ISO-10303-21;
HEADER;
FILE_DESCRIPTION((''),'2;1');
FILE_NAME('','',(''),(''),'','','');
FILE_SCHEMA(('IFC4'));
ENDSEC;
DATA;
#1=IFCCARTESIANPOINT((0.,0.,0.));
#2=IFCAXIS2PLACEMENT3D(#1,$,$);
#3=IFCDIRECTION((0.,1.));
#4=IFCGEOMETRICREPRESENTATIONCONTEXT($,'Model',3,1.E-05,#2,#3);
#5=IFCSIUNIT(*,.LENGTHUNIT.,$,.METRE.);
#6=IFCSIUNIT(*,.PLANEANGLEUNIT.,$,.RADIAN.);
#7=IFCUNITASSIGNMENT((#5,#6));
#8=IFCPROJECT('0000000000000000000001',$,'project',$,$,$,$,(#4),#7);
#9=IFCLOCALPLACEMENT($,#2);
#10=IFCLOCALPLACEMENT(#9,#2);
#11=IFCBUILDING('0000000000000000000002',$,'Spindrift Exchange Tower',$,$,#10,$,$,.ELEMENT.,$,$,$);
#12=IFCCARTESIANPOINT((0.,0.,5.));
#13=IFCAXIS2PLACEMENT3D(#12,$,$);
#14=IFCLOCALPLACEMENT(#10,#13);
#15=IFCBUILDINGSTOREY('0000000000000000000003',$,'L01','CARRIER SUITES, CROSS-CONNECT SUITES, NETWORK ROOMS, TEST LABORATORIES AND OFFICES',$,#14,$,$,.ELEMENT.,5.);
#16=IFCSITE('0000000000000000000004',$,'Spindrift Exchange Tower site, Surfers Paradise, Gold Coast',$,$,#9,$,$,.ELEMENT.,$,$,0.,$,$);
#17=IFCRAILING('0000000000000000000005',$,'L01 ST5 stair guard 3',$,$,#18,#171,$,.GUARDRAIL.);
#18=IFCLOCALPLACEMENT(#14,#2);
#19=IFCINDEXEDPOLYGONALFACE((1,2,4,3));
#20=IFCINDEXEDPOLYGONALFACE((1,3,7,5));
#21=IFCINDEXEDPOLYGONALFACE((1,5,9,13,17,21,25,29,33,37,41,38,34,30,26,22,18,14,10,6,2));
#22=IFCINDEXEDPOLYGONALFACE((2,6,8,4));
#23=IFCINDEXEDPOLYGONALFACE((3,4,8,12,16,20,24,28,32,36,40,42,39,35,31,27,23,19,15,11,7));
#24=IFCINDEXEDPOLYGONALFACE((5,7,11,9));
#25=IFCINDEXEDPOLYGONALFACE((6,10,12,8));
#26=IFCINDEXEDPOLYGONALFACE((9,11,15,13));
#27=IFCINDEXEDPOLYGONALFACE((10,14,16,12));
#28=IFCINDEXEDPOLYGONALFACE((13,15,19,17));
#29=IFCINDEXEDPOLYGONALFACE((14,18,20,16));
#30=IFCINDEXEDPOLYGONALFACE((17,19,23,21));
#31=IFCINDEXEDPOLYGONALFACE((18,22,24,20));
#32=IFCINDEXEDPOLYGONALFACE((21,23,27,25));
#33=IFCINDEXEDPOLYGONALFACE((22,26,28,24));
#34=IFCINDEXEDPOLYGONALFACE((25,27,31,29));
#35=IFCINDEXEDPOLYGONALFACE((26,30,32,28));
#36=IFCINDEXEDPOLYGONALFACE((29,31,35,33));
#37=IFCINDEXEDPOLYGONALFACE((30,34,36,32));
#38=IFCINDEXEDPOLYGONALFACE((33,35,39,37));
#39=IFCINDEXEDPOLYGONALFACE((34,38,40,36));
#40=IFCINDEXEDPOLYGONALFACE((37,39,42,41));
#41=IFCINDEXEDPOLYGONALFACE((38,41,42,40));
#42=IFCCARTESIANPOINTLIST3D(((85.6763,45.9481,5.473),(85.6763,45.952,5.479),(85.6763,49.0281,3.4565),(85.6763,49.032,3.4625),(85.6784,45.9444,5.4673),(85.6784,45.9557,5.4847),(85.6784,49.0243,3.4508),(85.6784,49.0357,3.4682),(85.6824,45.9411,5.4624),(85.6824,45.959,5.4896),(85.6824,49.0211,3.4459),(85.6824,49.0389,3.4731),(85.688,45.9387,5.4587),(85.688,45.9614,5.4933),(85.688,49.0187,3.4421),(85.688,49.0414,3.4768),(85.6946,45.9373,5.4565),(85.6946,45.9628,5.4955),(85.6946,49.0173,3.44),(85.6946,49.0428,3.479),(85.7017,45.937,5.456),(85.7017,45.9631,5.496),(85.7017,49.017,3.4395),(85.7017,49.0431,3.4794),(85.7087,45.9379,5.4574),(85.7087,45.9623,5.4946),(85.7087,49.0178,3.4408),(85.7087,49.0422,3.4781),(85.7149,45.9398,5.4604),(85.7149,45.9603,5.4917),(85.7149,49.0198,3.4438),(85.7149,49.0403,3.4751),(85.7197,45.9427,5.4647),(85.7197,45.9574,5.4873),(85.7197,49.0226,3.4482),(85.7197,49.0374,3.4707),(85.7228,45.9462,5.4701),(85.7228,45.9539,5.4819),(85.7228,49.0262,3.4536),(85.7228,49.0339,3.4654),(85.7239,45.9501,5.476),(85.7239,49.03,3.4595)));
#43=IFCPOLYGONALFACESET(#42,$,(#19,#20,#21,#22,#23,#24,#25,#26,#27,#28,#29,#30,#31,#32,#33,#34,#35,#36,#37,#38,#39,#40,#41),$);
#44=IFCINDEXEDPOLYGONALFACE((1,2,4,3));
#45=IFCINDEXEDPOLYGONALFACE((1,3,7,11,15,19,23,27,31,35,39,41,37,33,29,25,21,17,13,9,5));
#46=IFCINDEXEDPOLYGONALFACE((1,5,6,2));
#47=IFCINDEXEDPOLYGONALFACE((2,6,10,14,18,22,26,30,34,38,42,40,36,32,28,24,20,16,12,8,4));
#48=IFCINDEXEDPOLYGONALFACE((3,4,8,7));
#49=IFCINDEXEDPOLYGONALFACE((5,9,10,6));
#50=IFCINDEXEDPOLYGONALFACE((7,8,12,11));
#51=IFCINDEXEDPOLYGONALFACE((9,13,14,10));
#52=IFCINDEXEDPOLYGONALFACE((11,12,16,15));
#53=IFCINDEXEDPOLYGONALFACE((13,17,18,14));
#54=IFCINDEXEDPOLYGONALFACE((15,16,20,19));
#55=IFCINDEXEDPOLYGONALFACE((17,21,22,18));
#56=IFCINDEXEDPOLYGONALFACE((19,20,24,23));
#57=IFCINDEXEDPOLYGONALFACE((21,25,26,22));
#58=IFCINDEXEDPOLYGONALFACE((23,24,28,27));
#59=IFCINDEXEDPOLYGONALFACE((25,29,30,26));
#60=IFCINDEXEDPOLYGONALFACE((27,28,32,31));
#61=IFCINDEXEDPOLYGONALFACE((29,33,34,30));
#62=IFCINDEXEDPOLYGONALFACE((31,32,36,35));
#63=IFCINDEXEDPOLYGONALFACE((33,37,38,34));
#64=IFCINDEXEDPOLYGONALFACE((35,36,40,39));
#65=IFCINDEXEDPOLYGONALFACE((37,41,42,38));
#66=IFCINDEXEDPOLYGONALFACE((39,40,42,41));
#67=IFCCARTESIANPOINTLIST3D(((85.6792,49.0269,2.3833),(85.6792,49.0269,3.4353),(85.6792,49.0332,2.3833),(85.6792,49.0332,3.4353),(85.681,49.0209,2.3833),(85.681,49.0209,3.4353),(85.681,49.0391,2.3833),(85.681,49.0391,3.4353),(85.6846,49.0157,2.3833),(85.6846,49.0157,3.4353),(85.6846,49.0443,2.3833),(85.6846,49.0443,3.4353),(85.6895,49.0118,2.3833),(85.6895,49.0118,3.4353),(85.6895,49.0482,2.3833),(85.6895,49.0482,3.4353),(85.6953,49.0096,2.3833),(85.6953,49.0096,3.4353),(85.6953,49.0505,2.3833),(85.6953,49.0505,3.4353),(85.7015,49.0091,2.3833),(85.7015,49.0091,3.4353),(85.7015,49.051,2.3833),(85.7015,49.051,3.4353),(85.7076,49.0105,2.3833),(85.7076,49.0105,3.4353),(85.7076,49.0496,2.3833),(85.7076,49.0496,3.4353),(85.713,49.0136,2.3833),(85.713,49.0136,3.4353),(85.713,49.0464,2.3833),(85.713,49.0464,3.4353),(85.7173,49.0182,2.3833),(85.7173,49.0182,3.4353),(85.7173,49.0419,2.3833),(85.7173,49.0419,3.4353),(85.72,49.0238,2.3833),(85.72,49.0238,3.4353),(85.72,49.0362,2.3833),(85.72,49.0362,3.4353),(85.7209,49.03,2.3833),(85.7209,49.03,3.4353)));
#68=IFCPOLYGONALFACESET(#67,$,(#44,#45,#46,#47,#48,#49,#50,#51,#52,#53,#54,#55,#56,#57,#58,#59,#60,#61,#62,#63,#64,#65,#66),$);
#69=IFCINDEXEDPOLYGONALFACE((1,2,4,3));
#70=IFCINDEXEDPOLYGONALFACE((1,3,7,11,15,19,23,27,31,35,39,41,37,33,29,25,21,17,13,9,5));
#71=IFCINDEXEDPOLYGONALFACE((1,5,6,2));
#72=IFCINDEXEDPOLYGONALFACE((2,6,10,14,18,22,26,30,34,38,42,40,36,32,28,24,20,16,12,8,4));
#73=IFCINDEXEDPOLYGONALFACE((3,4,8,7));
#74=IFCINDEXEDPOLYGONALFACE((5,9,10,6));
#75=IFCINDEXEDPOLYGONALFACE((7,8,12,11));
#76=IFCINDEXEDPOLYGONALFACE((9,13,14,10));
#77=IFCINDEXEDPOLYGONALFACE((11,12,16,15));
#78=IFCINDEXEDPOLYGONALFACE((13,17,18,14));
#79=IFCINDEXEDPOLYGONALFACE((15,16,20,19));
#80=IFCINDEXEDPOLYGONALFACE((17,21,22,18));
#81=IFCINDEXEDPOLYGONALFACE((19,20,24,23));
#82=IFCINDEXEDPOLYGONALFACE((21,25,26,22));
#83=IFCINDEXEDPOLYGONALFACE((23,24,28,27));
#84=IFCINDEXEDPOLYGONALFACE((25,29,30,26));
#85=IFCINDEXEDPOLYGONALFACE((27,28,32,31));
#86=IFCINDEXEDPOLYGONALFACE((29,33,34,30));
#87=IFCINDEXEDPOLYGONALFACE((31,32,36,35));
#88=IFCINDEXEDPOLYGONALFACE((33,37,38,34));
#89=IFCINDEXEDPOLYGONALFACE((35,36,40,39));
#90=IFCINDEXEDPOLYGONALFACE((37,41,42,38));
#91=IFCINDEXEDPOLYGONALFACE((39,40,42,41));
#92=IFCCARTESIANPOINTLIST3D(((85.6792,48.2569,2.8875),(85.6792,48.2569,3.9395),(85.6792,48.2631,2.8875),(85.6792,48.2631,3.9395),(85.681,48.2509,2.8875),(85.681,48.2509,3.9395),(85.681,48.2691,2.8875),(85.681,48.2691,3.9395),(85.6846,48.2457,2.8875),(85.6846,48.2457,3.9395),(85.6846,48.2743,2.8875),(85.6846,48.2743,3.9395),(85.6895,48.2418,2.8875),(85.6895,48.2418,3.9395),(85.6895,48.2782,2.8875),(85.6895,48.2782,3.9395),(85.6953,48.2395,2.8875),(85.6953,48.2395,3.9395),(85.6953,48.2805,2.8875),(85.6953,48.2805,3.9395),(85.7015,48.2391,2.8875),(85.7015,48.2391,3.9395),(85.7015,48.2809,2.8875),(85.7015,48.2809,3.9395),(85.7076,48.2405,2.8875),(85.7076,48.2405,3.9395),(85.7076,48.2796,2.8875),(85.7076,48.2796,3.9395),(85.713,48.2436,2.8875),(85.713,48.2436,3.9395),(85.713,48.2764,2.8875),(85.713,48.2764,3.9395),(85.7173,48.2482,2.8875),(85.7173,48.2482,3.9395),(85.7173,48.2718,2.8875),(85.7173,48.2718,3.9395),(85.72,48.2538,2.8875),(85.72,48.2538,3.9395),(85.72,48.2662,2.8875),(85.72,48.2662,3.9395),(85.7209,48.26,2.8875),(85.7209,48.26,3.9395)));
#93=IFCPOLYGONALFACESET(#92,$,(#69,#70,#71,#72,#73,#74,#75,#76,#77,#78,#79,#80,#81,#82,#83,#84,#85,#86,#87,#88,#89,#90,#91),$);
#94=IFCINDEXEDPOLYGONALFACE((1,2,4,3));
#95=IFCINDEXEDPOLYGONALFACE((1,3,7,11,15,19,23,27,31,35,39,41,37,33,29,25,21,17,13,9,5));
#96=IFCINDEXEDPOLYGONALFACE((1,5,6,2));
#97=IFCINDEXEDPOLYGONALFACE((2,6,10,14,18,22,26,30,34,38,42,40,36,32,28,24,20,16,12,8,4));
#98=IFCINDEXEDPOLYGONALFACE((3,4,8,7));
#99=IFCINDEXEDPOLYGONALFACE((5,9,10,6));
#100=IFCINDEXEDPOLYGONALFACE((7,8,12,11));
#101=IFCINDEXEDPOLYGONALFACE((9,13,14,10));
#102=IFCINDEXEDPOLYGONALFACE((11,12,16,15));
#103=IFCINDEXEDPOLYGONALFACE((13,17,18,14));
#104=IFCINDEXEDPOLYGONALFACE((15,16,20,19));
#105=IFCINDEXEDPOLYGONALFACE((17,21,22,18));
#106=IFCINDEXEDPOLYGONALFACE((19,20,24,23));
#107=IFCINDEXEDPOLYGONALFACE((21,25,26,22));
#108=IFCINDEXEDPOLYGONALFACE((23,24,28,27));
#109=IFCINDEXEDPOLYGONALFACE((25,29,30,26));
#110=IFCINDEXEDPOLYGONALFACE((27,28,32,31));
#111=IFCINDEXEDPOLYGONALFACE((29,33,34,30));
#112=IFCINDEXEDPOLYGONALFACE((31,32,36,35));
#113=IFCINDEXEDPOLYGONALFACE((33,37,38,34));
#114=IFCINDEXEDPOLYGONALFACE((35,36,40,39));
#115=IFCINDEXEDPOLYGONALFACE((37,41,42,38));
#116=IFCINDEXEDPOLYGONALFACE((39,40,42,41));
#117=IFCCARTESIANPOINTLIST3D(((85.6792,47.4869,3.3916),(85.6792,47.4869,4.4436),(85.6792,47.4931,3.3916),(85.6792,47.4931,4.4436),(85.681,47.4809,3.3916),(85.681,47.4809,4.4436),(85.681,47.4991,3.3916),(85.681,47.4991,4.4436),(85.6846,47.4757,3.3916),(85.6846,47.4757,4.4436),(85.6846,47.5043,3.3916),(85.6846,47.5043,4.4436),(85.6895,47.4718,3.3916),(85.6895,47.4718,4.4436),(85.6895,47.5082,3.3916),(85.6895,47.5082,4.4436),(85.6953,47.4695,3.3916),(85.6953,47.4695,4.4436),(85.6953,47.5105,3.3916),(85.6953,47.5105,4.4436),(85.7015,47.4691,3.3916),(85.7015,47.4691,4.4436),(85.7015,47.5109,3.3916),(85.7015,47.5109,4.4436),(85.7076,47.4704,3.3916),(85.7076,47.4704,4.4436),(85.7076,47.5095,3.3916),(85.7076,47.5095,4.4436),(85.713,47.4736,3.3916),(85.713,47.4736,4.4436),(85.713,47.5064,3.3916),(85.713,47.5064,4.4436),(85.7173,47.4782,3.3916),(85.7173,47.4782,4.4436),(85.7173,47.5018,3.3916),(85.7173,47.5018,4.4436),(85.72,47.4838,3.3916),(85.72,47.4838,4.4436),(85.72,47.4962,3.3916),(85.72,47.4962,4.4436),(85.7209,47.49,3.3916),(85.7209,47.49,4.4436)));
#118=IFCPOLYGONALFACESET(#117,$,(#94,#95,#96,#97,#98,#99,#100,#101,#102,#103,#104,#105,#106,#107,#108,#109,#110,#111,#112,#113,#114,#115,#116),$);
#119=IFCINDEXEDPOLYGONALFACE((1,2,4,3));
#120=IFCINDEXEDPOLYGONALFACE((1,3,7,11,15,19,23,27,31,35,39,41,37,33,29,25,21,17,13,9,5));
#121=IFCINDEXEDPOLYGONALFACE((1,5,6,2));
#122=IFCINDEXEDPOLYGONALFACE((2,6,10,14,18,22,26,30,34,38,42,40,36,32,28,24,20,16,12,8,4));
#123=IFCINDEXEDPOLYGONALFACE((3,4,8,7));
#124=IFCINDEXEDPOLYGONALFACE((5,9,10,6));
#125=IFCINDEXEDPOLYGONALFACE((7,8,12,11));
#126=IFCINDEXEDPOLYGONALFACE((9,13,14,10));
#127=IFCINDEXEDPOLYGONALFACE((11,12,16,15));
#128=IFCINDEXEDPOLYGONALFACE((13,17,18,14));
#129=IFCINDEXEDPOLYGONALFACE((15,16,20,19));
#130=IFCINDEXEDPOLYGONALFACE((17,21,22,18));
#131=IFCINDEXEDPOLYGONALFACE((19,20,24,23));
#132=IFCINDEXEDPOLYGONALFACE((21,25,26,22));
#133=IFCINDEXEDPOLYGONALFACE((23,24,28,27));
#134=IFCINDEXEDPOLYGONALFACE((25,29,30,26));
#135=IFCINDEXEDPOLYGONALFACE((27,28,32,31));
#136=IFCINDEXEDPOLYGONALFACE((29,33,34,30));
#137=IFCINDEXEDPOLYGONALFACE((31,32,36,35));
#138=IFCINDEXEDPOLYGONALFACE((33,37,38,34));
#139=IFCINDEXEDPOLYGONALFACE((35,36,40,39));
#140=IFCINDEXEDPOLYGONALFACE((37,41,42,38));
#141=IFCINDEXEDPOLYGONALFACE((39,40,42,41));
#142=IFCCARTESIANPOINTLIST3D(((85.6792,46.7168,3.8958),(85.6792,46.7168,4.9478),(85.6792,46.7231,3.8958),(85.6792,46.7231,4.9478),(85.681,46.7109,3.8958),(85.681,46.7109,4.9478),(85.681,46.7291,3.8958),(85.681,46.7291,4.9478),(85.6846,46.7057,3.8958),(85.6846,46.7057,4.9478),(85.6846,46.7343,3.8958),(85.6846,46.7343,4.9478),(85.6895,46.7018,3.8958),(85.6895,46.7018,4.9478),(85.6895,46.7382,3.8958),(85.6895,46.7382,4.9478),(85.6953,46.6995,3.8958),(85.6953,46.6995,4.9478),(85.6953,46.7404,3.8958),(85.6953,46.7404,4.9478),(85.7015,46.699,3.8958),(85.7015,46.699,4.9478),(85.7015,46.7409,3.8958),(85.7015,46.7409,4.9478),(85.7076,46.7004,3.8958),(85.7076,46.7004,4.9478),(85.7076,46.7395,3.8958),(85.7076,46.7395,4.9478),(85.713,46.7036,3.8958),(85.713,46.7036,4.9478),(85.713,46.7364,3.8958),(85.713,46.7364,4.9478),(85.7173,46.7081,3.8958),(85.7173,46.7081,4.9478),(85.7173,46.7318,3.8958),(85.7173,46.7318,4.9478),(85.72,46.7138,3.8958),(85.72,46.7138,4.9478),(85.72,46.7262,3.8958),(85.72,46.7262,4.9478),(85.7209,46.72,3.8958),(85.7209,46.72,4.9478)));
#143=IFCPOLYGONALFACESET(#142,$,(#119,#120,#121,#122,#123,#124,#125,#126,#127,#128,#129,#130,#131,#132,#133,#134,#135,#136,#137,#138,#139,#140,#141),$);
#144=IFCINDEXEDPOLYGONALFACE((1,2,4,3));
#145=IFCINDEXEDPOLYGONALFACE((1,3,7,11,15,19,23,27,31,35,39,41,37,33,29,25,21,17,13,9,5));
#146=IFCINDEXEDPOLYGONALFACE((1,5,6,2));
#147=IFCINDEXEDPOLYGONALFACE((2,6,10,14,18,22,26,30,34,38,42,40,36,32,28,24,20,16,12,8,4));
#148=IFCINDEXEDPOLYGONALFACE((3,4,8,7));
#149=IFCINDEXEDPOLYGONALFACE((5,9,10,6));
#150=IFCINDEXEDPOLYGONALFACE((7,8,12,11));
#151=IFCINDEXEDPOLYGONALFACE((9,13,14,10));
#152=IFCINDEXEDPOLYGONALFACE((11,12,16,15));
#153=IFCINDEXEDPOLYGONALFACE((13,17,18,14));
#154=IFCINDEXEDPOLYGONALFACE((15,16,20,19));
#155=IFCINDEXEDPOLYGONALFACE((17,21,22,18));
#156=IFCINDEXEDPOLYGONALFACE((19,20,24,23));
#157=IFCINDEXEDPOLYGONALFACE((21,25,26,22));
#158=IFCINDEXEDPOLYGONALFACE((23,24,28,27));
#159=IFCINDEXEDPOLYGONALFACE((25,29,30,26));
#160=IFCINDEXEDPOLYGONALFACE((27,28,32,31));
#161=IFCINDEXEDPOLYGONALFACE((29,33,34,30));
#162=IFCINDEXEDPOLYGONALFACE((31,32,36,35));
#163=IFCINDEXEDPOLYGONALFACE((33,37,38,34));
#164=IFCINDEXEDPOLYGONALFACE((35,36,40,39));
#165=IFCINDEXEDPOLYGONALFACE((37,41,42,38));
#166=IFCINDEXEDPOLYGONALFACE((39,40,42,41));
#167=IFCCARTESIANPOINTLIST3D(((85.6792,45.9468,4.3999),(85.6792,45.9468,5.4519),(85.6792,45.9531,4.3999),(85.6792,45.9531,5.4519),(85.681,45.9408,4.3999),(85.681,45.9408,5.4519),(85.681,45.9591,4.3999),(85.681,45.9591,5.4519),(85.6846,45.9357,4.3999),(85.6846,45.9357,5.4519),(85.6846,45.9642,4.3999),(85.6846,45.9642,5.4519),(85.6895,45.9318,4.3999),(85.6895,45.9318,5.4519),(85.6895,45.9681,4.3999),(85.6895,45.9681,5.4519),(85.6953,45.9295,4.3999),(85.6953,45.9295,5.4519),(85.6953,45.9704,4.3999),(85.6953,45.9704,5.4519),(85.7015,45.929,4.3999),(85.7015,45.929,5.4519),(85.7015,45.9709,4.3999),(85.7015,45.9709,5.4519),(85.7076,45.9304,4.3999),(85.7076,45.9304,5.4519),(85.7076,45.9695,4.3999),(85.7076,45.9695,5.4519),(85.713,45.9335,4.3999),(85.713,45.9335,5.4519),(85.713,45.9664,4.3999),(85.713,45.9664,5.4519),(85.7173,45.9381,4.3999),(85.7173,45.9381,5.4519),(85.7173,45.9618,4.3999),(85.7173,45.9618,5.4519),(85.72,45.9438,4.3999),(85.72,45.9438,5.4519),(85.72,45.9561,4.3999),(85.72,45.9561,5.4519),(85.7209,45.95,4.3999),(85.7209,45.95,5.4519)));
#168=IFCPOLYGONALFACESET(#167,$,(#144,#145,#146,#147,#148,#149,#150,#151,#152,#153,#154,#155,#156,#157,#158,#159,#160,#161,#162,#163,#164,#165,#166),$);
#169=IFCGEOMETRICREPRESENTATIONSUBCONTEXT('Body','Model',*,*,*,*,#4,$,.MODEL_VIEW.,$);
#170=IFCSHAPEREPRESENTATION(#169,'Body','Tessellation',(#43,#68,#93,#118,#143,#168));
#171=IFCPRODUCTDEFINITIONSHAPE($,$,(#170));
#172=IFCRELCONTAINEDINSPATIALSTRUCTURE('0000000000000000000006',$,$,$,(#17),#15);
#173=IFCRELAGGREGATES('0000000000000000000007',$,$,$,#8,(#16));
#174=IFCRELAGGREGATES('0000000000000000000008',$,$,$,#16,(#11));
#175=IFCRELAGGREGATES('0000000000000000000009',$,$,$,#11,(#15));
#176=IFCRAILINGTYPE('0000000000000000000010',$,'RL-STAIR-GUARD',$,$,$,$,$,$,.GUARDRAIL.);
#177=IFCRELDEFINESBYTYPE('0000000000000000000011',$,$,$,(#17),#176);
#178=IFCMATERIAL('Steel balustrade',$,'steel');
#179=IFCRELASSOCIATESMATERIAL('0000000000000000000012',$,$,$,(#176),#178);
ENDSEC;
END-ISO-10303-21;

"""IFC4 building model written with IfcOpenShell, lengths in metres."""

from ifc_helpers import new_model, si_unit, direction, frame, origin, origin_2d, place, context, subcontext, project, spatial, circle, extrude, material, type_object, element, save


model = new_model("IFC4")

# Units and contexts
model_context = context("Model", 3, precision=1e-05, world=origin(), true_north=direction((0.0, 1.0)))
body_context = subcontext(model_context, "Body", "Model", "MODEL_VIEW")
ifc_project = project(units=[si_unit("LENGTHUNIT", "METRE"), si_unit("PLANEANGLEUNIT", "RADIAN")], contexts=[model_context])

# Site, building, storey
site_placement = place(None, origin())
site = spatial("IfcSite", under=ifc_project, at=site_placement, Name="Spindrift Exchange Tower site, Surfers Paradise, Gold Coast", CompositionType="ELEMENT", RefElevation=0.0)
building_placement = place(site_placement, origin())
building = spatial("IfcBuilding", under=site, at=building_placement, Name="Spindrift Exchange Tower", CompositionType="ELEMENT")
storey_placement = place(building_placement, frame((0.0, 0.0, 5.0)))
storey = spatial("IfcBuildingStorey", under=building, at=storey_placement, Name="L01", Description="CARRIER SUITES, CROSS-CONNECT SUITES, NETWORK ROOMS, TEST LABORATORIES AND OFFICES", CompositionType="ELEMENT", Elevation=5.0)

# Railing
ifc_material_1 = material(Name="Steel balustrade", Category="steel")
railing_type_1 = type_object("IfcRailingType", Name="RL-STAIR-GUARD", PredefinedType="GUARDRAIL", material=ifc_material_1)
railing_1_placement = place(storey_placement, frame((85.7, 49.03, 2.3833)))
element("IfcRailing", 1, at=railing_1_placement, inside=storey, type_object=railing_type_1, Name="L01 ST5 stair guard 3", PredefinedType="GUARDRAIL", context=body_context, shape_type="SweptSolid", body=[
    extrude(circle(Radius=0.0239, at=origin_2d()), frame((0.0, 0.0, 1.0762), z_axis=(0.0, -0.836633, 0.547764), x_axis=(1.0, 0.0, 0.0)), (0.0, 0.0, 1.0), 3.6814),
    extrude(circle(Radius=0.021, at=origin_2d()), origin(), (0.0, 0.0, 1.0), 1.052),
    extrude(circle(Radius=0.021, at=origin_2d()), frame((0.0, -0.77, 0.5042)), (0.0, 0.0, 1.0), 1.052),
    extrude(circle(Radius=0.021, at=origin_2d()), frame((0.0, -1.54, 1.0083)), (0.0, 0.0, 1.0), 1.052),
    extrude(circle(Radius=0.021, at=origin_2d()), frame((0.0, -2.3101, 1.5125)), (0.0, 0.0, 1.0), 1.052),
    extrude(circle(Radius=0.021, at=origin_2d()), frame((0.0, -3.0801, 2.0166)), (0.0, 0.0, 1.0), 1.052),
])

save(model, "model.ifc")
